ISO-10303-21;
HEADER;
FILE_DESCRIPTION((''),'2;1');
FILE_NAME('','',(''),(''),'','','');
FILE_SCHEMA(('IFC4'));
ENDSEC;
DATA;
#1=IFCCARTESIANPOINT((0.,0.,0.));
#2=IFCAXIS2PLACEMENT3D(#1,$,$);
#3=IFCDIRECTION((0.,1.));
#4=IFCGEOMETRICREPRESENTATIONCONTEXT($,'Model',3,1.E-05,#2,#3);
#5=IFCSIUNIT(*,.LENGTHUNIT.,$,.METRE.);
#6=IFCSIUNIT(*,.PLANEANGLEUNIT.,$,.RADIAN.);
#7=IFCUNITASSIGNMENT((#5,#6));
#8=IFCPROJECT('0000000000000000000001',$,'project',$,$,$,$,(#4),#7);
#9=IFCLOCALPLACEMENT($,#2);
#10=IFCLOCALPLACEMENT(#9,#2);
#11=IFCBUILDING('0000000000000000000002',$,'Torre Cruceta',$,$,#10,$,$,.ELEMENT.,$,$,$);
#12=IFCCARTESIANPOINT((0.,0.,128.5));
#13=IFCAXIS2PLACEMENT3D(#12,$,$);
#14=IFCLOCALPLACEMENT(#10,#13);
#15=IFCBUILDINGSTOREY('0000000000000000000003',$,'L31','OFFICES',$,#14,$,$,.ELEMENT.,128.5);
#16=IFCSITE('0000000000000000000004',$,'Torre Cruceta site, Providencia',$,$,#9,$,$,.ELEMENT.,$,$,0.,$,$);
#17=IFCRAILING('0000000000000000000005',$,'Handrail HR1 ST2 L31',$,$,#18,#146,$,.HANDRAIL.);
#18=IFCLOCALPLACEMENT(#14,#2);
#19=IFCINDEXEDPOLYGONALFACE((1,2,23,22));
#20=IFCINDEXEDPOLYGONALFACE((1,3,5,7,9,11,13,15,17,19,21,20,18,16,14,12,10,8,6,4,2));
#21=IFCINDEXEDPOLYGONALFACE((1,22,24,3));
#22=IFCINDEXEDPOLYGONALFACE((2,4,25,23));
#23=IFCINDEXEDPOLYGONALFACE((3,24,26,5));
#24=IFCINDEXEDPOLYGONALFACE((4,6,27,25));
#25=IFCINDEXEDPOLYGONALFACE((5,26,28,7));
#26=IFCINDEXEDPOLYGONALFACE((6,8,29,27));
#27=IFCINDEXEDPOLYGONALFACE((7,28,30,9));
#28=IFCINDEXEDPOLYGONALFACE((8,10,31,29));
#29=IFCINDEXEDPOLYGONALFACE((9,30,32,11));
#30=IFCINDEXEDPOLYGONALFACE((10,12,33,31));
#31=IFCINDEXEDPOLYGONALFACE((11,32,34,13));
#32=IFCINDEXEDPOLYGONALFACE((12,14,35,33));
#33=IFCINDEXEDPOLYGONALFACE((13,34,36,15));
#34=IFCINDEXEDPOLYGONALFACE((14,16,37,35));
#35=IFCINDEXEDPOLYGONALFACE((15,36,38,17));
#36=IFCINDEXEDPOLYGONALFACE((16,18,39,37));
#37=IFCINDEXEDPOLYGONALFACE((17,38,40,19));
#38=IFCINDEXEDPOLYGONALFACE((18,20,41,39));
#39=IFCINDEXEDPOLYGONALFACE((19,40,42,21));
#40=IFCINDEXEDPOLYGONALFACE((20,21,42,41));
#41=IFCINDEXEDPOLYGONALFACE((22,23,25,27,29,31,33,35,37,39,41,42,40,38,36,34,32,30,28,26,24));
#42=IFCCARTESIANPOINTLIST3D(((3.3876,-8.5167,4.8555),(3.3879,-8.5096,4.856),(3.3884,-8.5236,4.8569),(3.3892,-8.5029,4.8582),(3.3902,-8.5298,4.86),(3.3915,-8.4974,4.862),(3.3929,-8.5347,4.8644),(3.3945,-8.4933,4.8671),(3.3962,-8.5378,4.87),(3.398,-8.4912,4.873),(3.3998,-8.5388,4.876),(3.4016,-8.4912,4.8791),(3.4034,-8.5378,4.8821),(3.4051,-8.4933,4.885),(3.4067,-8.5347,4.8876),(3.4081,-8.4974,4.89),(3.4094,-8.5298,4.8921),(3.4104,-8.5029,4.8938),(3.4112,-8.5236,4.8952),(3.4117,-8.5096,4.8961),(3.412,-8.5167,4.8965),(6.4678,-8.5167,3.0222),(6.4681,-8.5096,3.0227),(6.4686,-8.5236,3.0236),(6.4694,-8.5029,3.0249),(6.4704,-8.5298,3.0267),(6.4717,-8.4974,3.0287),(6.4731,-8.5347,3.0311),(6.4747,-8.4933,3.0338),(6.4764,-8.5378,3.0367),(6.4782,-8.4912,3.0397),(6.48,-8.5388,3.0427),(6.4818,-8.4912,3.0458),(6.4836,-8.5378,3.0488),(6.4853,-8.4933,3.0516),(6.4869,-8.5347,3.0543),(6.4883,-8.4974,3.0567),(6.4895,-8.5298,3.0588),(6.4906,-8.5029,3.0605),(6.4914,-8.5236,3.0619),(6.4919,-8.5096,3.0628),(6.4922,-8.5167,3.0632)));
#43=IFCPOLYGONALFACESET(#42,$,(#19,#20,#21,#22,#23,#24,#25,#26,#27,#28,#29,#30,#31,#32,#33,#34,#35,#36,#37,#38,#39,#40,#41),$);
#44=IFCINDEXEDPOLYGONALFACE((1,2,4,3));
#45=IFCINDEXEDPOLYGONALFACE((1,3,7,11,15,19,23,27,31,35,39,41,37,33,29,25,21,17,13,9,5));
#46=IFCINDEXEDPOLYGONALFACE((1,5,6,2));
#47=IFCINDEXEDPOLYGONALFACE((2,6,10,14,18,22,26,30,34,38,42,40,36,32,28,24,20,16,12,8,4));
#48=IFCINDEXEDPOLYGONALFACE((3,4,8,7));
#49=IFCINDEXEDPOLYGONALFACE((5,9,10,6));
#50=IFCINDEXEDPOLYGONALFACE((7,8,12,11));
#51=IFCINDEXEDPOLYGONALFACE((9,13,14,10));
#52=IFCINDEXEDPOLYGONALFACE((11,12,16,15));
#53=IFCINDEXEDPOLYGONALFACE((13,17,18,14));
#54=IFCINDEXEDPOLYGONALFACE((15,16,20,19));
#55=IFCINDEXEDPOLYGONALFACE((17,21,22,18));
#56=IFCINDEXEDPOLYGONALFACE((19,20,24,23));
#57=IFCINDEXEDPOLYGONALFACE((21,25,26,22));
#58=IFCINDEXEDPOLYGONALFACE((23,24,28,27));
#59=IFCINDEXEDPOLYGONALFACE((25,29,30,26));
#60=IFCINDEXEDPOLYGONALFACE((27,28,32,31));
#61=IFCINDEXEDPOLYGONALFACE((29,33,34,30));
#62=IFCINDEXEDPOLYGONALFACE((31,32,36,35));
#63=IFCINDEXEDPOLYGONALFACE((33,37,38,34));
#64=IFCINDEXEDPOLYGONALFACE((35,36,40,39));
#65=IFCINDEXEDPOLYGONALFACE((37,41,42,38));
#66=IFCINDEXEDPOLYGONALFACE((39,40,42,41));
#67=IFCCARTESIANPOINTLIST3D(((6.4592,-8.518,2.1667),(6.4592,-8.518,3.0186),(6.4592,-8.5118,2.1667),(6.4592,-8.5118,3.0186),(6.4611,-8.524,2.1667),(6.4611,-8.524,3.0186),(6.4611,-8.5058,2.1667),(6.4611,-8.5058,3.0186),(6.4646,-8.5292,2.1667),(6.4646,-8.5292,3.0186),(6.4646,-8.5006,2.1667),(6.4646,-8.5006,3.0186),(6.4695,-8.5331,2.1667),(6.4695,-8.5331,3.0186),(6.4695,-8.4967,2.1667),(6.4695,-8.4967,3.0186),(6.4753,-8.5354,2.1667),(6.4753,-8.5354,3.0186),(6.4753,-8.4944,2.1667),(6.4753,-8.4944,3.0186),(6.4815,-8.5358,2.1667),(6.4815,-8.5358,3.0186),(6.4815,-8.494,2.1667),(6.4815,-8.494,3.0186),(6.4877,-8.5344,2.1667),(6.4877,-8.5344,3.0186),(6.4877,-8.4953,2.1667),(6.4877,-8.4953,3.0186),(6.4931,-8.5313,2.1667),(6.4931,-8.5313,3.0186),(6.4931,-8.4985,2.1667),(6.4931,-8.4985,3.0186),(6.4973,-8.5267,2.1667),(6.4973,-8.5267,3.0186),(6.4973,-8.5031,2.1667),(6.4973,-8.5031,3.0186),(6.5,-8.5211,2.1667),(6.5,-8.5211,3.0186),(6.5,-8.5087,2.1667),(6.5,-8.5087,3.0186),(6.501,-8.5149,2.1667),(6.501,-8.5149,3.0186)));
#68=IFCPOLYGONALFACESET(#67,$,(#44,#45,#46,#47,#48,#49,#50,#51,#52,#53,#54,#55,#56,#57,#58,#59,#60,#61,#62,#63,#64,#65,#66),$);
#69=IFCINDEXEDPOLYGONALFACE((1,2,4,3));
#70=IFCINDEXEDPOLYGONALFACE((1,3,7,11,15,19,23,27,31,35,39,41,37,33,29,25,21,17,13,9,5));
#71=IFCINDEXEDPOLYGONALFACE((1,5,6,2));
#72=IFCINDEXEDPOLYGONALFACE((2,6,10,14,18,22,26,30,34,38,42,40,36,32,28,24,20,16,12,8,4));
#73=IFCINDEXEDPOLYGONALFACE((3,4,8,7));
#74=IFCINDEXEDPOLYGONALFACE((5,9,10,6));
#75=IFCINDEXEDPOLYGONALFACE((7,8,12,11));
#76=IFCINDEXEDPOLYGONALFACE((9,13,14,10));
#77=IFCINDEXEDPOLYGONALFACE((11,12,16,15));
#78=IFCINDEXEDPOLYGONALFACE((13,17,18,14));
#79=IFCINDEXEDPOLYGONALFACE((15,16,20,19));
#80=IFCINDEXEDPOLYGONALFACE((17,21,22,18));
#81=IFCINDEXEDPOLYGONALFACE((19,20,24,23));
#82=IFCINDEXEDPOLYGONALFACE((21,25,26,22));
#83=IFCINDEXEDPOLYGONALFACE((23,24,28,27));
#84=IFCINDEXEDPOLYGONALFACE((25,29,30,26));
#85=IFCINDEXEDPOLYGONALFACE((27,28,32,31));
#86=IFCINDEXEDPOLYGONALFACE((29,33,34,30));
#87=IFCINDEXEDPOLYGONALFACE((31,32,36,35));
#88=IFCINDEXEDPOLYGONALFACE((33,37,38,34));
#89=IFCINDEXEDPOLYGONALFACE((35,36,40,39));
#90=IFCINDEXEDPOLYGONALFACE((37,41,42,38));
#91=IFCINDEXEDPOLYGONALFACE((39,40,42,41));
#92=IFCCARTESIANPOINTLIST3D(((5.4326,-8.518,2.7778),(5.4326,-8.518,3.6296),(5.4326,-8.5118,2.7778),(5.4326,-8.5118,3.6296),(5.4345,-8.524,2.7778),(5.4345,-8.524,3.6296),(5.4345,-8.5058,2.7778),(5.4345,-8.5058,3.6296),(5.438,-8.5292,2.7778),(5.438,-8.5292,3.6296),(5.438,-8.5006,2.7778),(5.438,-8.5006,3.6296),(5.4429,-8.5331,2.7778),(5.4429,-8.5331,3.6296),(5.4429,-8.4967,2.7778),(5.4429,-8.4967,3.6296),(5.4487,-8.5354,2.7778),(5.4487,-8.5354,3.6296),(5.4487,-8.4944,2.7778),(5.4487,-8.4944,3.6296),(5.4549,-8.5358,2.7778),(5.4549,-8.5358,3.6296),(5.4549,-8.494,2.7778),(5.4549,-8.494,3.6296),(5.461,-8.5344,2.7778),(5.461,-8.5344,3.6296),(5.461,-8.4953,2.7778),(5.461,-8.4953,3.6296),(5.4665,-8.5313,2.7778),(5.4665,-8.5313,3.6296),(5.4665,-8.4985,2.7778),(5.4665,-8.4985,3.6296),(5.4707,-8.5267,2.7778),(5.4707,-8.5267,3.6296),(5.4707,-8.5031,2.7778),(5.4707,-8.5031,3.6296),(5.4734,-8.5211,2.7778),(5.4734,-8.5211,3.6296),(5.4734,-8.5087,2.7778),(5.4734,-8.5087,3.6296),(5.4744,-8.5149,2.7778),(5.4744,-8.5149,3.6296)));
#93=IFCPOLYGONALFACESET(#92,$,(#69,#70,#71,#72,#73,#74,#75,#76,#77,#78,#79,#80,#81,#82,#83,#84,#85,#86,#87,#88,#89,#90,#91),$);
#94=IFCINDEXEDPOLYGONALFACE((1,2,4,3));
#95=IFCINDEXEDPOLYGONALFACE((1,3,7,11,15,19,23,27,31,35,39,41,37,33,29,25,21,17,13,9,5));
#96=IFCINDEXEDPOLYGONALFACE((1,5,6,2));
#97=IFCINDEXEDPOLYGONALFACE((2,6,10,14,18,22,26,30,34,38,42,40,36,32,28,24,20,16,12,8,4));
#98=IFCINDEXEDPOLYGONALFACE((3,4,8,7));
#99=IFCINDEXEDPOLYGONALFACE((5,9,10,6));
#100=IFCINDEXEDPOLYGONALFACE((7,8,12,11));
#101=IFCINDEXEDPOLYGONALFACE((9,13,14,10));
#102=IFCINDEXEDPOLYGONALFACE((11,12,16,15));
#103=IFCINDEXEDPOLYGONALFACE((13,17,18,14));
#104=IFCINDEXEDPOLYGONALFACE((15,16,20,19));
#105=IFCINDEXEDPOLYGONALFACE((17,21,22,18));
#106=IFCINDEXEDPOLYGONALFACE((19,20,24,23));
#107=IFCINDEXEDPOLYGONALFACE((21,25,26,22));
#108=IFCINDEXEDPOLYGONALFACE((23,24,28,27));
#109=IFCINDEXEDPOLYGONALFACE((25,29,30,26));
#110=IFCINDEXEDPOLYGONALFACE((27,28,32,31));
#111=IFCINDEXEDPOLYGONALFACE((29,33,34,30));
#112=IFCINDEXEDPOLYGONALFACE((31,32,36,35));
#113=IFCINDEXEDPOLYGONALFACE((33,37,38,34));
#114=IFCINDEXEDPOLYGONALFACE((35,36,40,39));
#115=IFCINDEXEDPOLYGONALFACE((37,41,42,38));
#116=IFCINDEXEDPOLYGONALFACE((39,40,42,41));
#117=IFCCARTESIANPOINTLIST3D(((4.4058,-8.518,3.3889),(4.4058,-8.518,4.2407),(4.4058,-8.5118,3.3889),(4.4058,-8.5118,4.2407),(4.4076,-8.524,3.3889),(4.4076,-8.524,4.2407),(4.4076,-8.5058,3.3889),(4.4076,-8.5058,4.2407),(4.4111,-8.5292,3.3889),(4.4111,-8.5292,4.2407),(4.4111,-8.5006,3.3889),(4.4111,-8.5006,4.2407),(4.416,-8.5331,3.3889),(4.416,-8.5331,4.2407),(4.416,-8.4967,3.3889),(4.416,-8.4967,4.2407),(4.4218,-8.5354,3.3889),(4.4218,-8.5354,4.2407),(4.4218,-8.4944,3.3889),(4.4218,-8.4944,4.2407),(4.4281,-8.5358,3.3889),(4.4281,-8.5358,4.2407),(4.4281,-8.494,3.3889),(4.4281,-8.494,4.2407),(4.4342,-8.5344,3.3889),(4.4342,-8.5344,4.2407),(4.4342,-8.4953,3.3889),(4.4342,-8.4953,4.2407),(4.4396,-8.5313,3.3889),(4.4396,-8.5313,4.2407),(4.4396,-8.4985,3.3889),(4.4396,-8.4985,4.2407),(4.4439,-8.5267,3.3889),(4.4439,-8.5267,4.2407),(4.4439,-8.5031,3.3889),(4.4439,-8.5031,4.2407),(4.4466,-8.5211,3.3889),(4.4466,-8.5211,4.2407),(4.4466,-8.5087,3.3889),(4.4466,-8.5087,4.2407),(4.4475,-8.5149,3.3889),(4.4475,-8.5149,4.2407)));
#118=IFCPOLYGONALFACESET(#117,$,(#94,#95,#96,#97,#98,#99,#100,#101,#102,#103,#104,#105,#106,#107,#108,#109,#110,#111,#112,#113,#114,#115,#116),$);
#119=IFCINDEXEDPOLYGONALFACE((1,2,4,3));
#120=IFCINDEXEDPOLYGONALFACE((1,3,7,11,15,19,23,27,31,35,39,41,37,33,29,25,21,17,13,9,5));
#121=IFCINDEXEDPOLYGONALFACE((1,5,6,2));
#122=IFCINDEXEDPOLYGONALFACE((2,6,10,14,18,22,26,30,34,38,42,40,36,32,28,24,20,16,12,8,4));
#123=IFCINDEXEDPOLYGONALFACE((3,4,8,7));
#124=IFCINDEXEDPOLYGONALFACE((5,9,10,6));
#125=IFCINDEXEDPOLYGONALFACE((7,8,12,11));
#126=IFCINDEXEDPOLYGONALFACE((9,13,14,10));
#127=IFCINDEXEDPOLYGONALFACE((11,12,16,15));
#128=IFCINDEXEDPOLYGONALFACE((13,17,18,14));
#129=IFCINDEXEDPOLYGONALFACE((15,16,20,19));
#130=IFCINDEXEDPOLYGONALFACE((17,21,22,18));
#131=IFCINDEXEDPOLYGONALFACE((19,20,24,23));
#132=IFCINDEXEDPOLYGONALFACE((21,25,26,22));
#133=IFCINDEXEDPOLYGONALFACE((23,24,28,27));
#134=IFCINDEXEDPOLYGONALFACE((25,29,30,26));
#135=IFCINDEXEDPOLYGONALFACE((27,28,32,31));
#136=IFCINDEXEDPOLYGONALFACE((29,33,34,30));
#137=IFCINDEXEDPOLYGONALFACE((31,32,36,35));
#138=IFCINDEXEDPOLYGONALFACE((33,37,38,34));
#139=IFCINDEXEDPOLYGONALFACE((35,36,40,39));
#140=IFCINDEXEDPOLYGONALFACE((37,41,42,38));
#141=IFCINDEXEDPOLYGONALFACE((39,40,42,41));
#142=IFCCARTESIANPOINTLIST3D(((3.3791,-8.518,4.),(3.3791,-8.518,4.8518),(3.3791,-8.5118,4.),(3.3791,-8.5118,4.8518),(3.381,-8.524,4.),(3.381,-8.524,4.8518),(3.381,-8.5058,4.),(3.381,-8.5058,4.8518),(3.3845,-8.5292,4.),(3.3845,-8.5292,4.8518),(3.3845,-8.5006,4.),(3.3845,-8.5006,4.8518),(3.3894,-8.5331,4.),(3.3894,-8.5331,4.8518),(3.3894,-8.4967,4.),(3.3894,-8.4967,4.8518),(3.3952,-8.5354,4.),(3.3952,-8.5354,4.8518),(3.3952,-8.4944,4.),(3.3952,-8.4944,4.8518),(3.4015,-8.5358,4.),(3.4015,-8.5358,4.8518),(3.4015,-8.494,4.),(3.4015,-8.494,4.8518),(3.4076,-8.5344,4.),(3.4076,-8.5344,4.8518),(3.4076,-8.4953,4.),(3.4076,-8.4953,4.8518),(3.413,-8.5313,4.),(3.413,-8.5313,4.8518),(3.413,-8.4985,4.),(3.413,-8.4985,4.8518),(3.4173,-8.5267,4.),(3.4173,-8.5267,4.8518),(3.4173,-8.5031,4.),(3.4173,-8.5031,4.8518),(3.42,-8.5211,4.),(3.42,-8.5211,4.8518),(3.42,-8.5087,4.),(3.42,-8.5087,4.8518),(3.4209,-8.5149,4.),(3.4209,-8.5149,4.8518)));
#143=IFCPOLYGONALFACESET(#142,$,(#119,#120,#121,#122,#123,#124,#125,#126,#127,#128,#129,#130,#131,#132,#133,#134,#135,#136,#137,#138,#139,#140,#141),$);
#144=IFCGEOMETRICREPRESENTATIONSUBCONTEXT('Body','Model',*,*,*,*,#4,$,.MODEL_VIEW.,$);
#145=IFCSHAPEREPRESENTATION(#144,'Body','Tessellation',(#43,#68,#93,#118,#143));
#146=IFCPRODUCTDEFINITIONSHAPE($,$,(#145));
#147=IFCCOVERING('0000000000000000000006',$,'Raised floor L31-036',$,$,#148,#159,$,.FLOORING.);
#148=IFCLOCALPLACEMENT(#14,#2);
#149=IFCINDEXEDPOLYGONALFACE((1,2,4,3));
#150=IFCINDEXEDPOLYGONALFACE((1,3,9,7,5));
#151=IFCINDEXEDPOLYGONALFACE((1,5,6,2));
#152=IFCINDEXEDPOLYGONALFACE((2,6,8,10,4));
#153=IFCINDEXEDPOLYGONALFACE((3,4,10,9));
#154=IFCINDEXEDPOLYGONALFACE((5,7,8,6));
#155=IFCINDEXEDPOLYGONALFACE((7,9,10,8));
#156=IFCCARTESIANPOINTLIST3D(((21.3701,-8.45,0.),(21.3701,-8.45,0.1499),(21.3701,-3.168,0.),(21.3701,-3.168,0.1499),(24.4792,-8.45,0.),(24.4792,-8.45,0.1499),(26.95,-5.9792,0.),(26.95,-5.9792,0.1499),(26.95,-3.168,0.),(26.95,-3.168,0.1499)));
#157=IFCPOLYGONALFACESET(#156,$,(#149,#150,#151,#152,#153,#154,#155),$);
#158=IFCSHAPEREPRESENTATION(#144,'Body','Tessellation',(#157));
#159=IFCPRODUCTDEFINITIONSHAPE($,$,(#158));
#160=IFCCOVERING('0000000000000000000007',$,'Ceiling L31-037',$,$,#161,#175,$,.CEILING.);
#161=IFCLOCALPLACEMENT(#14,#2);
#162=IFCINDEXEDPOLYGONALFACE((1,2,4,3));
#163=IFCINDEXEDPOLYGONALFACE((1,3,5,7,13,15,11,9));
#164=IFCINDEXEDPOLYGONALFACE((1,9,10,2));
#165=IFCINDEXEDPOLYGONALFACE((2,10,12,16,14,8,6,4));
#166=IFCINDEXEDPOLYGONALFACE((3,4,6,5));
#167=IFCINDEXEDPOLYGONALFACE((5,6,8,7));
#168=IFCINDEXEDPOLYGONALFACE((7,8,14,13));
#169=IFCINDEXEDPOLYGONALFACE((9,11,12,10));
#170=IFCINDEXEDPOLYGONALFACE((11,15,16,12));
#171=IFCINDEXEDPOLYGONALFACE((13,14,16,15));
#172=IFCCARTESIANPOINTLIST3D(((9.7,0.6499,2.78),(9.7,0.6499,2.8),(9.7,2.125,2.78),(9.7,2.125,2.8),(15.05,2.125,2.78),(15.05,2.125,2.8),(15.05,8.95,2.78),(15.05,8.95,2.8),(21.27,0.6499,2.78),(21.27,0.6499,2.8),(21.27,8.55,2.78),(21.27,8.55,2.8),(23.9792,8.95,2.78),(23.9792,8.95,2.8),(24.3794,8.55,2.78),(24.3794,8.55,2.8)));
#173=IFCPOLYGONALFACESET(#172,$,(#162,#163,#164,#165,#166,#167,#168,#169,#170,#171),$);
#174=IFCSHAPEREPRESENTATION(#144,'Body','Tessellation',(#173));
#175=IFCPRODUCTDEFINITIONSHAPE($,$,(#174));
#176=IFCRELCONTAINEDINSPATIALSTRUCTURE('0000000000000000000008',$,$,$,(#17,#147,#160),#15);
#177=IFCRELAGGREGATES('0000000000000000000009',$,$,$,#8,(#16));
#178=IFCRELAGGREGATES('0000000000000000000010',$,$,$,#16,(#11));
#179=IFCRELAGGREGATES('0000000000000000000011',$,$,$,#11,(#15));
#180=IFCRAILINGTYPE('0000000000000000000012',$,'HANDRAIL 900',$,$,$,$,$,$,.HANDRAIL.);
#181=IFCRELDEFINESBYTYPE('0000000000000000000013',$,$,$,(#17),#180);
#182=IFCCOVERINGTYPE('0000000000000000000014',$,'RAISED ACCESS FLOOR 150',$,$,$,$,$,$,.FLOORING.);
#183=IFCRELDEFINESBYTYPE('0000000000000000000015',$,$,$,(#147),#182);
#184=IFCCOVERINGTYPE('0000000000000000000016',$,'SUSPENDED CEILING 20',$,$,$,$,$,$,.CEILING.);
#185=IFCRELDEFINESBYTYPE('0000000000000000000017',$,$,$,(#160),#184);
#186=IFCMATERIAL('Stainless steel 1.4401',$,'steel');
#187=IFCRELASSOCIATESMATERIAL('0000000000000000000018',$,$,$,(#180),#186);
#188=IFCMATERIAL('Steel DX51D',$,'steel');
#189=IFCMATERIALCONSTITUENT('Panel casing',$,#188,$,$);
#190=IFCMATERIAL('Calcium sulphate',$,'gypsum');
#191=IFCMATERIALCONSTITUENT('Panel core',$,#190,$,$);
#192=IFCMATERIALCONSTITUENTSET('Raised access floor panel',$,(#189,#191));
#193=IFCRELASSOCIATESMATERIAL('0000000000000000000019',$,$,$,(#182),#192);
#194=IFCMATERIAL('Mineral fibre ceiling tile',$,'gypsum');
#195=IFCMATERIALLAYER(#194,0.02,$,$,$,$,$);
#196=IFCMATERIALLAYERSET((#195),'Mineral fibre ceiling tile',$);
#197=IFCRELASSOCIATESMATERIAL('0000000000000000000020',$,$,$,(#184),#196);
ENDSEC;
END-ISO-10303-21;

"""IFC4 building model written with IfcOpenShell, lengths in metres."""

from ifc_helpers import new_model, si_unit, direction, frame, origin, origin_2d, place, context, subcontext, project, spatial, polyline, circle, outline, extrude, material, layer, layer_set, constituent, constituent_set, type_object, element, save


model = new_model("IFC4")

# Units and contexts
model_context = context("Model", 3, precision=1e-05, world=origin(), true_north=direction((0.0, 1.0)))
body_context = subcontext(model_context, "Body", "Model", "MODEL_VIEW")
ifc_project = project(units=[si_unit("LENGTHUNIT", "METRE"), si_unit("PLANEANGLEUNIT", "RADIAN")], contexts=[model_context])

# Site, building, storey
site_placement = place(None, origin())
site = spatial("IfcSite", under=ifc_project, at=site_placement, Name="Torre Cruceta site, Providencia", CompositionType="ELEMENT", RefElevation=0.0)
building_placement = place(site_placement, origin())
building = spatial("IfcBuilding", under=site, at=building_placement, Name="Torre Cruceta", CompositionType="ELEMENT")
storey_placement = place(building_placement, frame((0.0, 0.0, 128.5)))
storey = spatial("IfcBuildingStorey", under=building, at=storey_placement, Name="L31", Description="OFFICES", CompositionType="ELEMENT", Elevation=128.5)

# Railing
ifc_material_1 = material(Name="Stainless steel 1.4401", Category="steel")
railing_type = type_object("IfcRailingType", Name="HANDRAIL 900", PredefinedType="HANDRAIL", material=ifc_material_1)
railing_1_placement = place(storey_placement, frame((6.48, -8.5149, 2.1667)))
element("IfcRailing", 1, at=railing_1_placement, inside=storey, type_object=railing_type, Name="Handrail HR1 ST2 L31", PredefinedType="HANDRAIL", context=body_context, shape_type="SweptSolid", body=[
    extrude(circle(Radius=0.0239, at=origin_2d()), frame((0.0, 0.0, 0.876), z_axis=(-0.859309, 0.0, 0.511458), x_axis=(0.0, -1.0, 0.0)), (0.0, 0.0, 1.0), 3.5845),
    extrude(circle(Radius=0.021, at=origin_2d()), origin(), (0.0, 0.0, 1.0), 0.8518),
    extrude(circle(Radius=0.021, at=origin_2d()), frame((-1.0266, 0.0, 0.6111)), (0.0, 0.0, 1.0), 0.8518),
    extrude(circle(Radius=0.021, at=origin_2d()), frame((-2.0535, 0.0, 1.2222)), (0.0, 0.0, 1.0), 0.8518),
    extrude(circle(Radius=0.021, at=origin_2d()), frame((-3.0801, 0.0, 1.8333)), (0.0, 0.0, 1.0), 0.8518),
])

# Coverings
ifc_material_2 = material(Name="Steel DX51D", Category="steel")
ifc_constituent_1 = constituent(ifc_material_2, Name="Panel casing")
ifc_material_3 = material(Name="Calcium sulphate", Category="gypsum")
ifc_constituent_2 = constituent(ifc_material_3, Name="Panel core")
ifc_constituent_set_1 = constituent_set(constituents=[ifc_constituent_1, ifc_constituent_2], Name="Raised access floor panel")
covering_type_1 = type_object("IfcCoveringType", Name="RAISED ACCESS FLOOR 150", PredefinedType="FLOORING", material=ifc_constituent_set_1)
covering_1_placement = place(storey_placement, origin())
element("IfcCovering", 2, at=covering_1_placement, inside=storey, type_object=covering_type_1, Name="Raised floor L31-036", PredefinedType="FLOORING", context=body_context, shape_type="SweptSolid", body=[
    extrude(outline(polyline([(24.4792, -8.45), (21.3701, -8.45), (21.3701, -3.168), (26.95, -3.168), (26.95, -5.9792), (24.4792, -8.45)])), origin(), (0.0, 0.0, 1.0), 0.1499),
])
ifc_material_4 = material(Name="Mineral fibre ceiling tile", Category="gypsum")
ifc_layer_1 = layer(ifc_material_4, 0.02)
ifc_layer_set_1 = layer_set([ifc_layer_1], Name="Mineral fibre ceiling tile")
covering_type_2 = type_object("IfcCoveringType", Name="SUSPENDED CEILING 20", PredefinedType="CEILING", material=ifc_layer_set_1)
covering_2_placement = place(storey_placement, frame((0.0, 0.0, 2.78)))
element("IfcCovering", 3, at=covering_2_placement, inside=storey, type_object=covering_type_2, Name="Ceiling L31-037", PredefinedType="CEILING", context=body_context, shape_type="SweptSolid", body=[
    extrude(outline(polyline([(9.7, 2.125), (15.05, 2.125), (15.05, 8.95), (23.9792, 8.95), (24.3794, 8.55), (21.27, 8.55), (21.27, 0.6499), (9.7, 0.6499), (9.7, 2.125)])), origin(), (0.0, 0.0, 1.0), 0.02),
])

save(model, "model.ifc")
